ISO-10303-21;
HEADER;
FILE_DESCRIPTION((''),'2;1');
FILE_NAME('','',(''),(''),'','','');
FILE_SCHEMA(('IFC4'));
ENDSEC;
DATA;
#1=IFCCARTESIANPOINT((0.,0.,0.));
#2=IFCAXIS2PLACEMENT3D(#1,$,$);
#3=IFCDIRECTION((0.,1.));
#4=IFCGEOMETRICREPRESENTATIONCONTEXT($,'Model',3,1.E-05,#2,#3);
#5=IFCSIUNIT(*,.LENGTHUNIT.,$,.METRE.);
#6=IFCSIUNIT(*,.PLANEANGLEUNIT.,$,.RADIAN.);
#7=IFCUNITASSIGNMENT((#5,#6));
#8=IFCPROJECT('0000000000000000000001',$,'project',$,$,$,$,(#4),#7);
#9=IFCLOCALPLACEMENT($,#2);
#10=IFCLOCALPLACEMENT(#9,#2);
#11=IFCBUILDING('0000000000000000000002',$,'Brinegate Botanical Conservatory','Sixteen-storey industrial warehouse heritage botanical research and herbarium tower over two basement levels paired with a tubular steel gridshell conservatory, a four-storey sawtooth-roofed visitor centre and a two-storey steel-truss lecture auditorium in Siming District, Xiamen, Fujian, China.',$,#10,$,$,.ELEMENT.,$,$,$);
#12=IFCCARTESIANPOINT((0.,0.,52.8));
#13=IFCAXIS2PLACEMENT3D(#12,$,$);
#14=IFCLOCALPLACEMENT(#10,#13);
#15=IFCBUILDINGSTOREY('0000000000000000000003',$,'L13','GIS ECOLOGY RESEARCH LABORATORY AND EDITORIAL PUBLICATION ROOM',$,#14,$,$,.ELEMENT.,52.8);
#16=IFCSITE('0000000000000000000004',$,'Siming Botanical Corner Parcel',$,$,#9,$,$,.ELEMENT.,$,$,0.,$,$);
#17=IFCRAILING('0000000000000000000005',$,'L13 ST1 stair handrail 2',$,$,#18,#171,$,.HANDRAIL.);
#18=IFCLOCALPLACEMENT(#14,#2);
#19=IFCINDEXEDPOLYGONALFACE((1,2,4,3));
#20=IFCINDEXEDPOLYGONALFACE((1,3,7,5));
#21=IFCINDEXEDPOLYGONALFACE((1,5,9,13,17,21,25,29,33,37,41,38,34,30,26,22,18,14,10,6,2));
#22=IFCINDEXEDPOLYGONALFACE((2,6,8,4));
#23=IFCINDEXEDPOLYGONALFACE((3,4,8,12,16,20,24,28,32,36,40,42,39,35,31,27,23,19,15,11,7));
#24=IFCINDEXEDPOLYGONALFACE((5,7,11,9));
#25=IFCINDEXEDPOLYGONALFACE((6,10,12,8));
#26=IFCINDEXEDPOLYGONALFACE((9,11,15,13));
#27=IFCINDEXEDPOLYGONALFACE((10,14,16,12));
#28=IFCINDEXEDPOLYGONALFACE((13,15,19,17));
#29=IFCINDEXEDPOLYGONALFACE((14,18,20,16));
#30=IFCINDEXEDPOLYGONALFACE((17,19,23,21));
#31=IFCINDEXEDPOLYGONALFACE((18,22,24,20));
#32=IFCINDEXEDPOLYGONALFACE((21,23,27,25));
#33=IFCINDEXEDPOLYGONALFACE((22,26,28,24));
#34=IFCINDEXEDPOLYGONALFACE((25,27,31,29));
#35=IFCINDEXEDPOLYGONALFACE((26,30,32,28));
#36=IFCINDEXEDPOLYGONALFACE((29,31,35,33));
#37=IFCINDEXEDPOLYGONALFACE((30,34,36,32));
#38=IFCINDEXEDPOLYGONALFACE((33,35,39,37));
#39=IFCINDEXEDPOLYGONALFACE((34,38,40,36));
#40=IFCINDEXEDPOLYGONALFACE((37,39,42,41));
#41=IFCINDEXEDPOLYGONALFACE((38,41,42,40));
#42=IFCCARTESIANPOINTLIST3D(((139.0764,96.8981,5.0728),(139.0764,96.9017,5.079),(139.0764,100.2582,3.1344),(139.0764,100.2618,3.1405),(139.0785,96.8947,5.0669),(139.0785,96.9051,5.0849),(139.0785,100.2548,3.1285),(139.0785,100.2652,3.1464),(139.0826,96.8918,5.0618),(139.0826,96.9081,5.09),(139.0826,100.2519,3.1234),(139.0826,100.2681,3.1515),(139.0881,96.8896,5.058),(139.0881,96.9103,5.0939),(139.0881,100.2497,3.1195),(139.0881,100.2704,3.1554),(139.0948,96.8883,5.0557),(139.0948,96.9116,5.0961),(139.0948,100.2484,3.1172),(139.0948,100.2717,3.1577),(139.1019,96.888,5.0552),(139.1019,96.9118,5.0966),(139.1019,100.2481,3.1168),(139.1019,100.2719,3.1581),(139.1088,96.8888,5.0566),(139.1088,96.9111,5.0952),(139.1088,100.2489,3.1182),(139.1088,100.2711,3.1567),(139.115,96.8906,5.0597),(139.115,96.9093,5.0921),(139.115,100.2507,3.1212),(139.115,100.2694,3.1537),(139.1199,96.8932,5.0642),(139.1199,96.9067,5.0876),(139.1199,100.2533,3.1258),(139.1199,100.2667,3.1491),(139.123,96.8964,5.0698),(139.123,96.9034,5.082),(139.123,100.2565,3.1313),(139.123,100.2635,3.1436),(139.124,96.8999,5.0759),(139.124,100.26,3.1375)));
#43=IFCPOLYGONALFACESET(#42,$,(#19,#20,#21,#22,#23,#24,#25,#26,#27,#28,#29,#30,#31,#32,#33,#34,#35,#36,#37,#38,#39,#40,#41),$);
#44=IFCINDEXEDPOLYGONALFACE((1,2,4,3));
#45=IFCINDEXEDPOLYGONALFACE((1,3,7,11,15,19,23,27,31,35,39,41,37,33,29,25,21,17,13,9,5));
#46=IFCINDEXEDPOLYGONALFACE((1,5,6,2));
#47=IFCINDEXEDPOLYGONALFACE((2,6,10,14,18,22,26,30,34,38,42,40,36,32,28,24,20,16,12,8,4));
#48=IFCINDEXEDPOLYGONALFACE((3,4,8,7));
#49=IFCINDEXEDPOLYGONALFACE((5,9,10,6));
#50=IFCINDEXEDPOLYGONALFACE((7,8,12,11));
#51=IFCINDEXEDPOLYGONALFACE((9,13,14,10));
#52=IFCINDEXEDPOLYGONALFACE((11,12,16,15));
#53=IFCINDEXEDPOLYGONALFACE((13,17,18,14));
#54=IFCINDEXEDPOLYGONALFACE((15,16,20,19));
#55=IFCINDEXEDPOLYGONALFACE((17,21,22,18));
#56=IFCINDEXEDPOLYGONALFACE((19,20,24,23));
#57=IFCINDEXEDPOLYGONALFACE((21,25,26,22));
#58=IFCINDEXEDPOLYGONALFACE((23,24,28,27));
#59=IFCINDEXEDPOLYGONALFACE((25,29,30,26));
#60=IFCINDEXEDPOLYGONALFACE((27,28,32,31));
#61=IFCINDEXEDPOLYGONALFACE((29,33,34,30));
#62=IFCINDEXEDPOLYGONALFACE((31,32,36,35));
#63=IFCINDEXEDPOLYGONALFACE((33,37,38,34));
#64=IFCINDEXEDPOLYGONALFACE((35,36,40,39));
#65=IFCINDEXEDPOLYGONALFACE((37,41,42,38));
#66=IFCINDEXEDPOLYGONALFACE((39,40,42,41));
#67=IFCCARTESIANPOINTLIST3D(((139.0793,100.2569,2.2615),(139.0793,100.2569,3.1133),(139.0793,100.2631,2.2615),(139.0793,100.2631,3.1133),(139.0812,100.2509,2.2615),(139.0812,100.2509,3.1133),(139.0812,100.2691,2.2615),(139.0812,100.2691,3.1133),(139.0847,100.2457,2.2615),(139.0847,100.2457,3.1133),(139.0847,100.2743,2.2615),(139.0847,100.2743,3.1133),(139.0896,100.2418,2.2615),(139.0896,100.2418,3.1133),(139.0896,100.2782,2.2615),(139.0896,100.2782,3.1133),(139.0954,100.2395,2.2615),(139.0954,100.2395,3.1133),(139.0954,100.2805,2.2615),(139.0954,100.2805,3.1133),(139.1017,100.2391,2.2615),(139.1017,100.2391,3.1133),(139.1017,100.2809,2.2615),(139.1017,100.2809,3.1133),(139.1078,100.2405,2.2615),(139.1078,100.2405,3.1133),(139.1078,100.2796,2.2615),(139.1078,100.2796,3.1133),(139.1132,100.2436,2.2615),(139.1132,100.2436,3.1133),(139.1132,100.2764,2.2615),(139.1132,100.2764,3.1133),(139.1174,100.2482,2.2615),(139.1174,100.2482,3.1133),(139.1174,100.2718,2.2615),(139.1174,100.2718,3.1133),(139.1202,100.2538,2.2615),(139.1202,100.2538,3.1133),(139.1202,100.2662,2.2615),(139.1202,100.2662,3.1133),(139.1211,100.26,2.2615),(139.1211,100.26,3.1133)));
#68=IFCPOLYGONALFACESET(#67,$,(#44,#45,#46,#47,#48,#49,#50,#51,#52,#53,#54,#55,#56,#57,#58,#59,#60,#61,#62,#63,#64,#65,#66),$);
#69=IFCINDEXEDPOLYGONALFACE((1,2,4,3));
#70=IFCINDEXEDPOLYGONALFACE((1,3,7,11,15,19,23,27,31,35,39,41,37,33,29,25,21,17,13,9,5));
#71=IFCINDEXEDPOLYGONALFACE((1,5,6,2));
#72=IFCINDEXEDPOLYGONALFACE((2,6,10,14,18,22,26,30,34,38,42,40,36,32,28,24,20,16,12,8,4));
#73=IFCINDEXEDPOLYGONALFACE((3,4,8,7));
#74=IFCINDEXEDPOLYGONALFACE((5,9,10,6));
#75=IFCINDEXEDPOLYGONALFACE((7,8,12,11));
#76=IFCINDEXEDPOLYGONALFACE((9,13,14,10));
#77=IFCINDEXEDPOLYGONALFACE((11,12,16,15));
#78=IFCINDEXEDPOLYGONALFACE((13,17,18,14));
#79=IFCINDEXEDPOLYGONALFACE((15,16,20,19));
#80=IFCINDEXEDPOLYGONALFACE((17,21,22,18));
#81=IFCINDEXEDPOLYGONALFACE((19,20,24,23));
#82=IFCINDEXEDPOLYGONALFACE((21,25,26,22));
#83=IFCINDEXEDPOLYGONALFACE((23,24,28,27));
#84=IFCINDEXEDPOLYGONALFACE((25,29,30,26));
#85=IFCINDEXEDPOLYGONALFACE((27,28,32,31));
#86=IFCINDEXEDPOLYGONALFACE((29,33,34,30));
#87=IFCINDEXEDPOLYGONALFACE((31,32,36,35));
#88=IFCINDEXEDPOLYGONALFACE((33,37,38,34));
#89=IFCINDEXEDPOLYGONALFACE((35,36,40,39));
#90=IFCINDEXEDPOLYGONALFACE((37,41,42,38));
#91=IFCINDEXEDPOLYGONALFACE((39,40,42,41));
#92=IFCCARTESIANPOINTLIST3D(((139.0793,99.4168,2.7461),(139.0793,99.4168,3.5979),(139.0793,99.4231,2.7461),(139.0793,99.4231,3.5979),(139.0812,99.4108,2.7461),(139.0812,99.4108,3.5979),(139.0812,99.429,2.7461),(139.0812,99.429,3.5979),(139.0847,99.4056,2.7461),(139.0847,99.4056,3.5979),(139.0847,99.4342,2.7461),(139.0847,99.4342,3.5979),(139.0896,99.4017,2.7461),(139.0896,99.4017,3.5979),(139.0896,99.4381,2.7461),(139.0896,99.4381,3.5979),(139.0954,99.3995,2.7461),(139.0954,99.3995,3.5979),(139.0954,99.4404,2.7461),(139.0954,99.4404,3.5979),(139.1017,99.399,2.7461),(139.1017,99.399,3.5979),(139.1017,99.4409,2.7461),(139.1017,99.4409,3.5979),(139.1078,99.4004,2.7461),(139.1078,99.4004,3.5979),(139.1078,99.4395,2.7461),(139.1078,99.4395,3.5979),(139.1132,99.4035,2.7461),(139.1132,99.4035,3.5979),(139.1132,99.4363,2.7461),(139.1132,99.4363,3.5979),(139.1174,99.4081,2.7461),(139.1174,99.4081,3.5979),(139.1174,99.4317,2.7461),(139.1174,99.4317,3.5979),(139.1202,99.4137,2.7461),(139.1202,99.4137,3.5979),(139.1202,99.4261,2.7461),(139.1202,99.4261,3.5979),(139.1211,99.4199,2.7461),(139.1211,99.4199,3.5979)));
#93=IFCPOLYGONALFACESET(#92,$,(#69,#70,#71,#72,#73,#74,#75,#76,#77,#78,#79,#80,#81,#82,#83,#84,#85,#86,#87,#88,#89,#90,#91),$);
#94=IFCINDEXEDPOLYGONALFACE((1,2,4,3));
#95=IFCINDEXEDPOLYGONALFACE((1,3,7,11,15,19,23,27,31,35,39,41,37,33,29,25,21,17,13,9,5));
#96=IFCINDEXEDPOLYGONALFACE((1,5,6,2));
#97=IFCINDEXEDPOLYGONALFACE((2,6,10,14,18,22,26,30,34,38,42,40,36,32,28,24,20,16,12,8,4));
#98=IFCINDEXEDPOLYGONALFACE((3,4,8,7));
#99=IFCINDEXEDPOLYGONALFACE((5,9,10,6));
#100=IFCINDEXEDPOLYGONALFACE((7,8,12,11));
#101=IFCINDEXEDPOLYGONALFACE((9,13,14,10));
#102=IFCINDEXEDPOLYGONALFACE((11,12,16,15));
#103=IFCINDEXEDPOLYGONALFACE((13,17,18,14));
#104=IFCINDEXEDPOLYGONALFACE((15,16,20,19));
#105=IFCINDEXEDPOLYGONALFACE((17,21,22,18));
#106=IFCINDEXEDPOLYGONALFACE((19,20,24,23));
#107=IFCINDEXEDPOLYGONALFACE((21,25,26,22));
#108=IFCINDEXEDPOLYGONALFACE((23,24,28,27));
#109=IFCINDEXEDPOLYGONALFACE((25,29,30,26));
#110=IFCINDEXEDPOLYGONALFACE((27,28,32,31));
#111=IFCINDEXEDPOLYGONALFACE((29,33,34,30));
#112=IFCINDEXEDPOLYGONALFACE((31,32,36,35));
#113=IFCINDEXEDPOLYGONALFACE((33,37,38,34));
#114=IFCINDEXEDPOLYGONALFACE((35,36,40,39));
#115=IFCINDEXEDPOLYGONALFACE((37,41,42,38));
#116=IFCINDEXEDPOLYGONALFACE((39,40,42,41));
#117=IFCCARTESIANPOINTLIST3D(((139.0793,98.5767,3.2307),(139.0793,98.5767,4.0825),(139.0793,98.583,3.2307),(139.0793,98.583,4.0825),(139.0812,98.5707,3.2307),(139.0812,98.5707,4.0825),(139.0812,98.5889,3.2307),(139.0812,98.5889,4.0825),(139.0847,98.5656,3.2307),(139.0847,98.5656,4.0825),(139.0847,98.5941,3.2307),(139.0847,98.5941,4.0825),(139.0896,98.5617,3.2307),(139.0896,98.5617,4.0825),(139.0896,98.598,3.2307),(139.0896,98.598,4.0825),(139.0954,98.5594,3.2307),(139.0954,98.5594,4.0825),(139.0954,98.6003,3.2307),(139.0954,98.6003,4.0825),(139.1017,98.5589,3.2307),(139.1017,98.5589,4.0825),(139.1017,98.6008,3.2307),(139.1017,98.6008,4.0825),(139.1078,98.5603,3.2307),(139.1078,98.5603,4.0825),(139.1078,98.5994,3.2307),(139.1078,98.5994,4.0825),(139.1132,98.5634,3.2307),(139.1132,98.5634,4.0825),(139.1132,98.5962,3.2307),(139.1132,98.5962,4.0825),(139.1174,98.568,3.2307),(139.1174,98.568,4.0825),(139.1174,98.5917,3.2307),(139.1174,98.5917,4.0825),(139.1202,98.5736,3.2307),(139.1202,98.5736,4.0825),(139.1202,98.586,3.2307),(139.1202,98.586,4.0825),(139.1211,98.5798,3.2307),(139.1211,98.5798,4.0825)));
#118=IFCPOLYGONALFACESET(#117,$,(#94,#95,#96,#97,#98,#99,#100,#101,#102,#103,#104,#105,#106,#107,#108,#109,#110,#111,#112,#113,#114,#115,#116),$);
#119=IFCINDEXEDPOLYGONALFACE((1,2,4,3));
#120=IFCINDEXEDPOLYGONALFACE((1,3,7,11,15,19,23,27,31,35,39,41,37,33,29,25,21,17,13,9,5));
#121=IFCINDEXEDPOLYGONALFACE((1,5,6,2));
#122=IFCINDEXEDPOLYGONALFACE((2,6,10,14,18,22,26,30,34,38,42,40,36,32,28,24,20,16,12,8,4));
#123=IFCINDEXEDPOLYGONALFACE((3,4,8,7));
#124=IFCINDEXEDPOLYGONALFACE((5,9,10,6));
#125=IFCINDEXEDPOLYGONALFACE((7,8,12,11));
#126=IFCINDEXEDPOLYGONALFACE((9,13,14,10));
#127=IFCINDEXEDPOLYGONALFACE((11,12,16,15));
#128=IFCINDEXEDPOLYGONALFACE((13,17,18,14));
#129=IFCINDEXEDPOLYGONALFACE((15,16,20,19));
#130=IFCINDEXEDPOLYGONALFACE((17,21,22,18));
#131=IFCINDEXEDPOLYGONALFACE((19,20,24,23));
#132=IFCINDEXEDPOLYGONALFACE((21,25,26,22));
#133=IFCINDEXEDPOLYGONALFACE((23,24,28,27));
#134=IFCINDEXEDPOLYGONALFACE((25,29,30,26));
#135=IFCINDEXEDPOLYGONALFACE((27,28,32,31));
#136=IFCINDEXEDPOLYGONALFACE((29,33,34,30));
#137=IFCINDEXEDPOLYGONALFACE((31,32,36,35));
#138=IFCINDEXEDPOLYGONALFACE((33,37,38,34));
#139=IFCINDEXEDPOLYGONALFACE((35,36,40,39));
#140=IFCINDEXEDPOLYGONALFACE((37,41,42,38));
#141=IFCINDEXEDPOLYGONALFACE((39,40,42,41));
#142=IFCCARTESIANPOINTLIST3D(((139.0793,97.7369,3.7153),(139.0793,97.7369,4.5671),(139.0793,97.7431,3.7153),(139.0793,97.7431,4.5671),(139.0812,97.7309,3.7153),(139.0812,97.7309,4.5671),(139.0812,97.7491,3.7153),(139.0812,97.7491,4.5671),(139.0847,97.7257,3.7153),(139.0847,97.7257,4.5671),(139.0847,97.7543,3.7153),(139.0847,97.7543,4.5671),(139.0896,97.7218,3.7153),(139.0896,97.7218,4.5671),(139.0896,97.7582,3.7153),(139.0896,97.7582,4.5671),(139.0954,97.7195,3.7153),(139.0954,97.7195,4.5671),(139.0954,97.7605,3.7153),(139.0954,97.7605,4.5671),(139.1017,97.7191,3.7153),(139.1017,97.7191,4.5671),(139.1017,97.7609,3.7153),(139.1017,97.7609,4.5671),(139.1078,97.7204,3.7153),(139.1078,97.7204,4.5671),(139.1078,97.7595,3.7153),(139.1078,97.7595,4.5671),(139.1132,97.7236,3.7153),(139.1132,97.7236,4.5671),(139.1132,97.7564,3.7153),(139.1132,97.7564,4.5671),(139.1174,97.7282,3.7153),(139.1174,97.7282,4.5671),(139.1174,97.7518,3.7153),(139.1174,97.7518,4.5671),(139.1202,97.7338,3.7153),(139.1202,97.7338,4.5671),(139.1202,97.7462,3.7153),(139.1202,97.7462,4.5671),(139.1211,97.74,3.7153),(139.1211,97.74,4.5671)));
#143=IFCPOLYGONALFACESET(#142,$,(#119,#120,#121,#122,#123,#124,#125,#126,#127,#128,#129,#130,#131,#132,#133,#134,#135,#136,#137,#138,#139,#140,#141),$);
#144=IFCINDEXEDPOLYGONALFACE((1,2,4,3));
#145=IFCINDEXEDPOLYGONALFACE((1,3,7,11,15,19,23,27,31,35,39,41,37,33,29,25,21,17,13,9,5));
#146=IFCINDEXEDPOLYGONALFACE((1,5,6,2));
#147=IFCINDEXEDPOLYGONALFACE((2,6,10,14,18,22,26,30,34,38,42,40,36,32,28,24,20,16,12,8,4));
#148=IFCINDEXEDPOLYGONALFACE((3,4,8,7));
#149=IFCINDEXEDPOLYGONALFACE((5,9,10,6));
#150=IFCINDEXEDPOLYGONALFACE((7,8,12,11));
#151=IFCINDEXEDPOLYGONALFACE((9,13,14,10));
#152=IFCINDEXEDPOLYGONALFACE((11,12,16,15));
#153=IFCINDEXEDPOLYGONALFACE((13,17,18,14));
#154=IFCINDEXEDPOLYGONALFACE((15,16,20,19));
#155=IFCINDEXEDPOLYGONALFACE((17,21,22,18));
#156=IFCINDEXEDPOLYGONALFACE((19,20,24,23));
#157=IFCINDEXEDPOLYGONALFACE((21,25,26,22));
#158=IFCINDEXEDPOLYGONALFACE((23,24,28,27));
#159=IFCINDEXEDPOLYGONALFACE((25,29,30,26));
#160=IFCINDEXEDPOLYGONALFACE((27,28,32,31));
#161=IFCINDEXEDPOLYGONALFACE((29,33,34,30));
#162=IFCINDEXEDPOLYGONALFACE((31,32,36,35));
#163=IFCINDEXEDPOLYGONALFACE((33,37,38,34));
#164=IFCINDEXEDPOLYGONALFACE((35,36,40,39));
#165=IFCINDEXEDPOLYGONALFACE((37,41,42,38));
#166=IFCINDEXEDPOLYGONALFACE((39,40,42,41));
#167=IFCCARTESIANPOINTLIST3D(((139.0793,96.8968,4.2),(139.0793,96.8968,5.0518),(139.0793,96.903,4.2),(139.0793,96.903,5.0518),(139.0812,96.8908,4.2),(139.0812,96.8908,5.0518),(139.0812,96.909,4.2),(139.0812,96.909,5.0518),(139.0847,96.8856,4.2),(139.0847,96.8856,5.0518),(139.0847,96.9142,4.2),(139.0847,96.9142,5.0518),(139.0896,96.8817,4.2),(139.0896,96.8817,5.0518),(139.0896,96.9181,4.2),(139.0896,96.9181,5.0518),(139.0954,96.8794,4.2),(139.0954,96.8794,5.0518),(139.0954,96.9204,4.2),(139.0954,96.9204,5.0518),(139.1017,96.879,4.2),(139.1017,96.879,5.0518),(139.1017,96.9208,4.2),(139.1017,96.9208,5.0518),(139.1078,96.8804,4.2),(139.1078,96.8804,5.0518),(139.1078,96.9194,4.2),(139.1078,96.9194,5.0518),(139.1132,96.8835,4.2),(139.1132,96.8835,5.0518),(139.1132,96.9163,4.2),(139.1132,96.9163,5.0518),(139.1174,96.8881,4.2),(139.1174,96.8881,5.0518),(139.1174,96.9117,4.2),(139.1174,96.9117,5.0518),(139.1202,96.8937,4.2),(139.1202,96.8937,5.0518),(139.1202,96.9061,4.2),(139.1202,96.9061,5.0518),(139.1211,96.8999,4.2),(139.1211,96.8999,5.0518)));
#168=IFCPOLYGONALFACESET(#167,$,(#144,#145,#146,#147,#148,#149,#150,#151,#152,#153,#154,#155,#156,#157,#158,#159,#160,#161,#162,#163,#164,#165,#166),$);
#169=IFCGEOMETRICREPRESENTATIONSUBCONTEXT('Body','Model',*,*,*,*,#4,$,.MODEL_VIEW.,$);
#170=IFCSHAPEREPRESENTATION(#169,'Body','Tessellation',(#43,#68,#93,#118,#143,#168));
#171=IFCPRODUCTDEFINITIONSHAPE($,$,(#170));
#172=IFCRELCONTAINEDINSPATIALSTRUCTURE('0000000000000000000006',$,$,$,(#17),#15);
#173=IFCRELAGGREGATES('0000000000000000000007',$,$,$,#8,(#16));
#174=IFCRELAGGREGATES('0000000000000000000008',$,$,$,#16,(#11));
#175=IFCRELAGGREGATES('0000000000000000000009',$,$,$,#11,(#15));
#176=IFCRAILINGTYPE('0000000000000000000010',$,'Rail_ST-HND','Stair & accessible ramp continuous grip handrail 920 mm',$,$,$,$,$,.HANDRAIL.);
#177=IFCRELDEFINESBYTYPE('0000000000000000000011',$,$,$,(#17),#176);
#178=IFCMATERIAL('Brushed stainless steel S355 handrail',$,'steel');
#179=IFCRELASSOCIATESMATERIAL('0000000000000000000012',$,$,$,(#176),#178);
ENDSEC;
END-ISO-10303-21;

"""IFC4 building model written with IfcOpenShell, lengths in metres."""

from ifc_helpers import new_model, si_unit, direction, frame, origin, origin_2d, place, context, subcontext, project, spatial, circle, extrude, material, type_object, element, save


model = new_model("IFC4")

# Units and contexts
model_context = context("Model", 3, precision=1e-05, world=origin(), true_north=direction((0.0, 1.0)))
body_context = subcontext(model_context, "Body", "Model", "MODEL_VIEW")
ifc_project = project(units=[si_unit("LENGTHUNIT", "METRE"), si_unit("PLANEANGLEUNIT", "RADIAN")], contexts=[model_context])

# Site, building, storey
site_placement = place(None, origin())
site = spatial("IfcSite", under=ifc_project, at=site_placement, Name="Siming Botanical Corner Parcel", CompositionType="ELEMENT", RefElevation=0.0)
building_placement = place(site_placement, origin())
building = spatial("IfcBuilding", under=site, at=building_placement, Name="Brinegate Botanical Conservatory", Description="Sixteen-storey industrial warehouse heritage botanical research and herbarium tower over two basement levels paired with a tubular steel gridshell conservatory, a four-storey sawtooth-roofed visitor centre and a two-storey steel-truss lecture auditorium in Siming District, Xiamen, Fujian, China.", CompositionType="ELEMENT")
storey_placement = place(building_placement, frame((0.0, 0.0, 52.8)))
storey = spatial("IfcBuildingStorey", under=building, at=storey_placement, Name="L13", Description="GIS ECOLOGY RESEARCH LABORATORY AND EDITORIAL PUBLICATION ROOM", CompositionType="ELEMENT", Elevation=52.8)

# Railing
ifc_material_1 = material(Name="Brushed stainless steel S355 handrail", Category="steel")
railing_type_1 = type_object("IfcRailingType", Name="Rail_ST-HND", Description="Stair & accessible ramp continuous grip handrail 920 mm", PredefinedType="HANDRAIL", material=ifc_material_1)
railing_1_placement = place(storey_placement, frame((139.1001, 100.26, 2.2615)))
element("IfcRailing", 1, at=railing_1_placement, inside=storey, type_object=railing_type_1, Name="L13 ST1 stair handrail 2", PredefinedType="HANDRAIL", context=body_context, shape_type="SweptSolid", body=[
    extrude(circle(Radius=0.0239, at=origin_2d()), frame((0.0, 0.0, 0.876), z_axis=(0.0, -0.866191, 0.499713), x_axis=(1.0, 0.0, 0.0)), (0.0, 0.0, 1.0), 3.8792),
    extrude(circle(Radius=0.021, at=origin_2d()), origin(), (0.0, 0.0, 1.0), 0.8518),
    extrude(circle(Radius=0.021, at=origin_2d()), frame((0.0, -0.8401, 0.4846)), (0.0, 0.0, 1.0), 0.8518),
    extrude(circle(Radius=0.021, at=origin_2d()), frame((0.0, -1.6802, 0.9692)), (0.0, 0.0, 1.0), 0.8518),
    extrude(circle(Radius=0.021, at=origin_2d()), frame((0.0, -2.52, 1.4539)), (0.0, 0.0, 1.0), 0.8518),
    extrude(circle(Radius=0.021, at=origin_2d()), frame((0.0, -3.3601, 1.9385)), (0.0, 0.0, 1.0), 0.8518),
])

save(model, "model.ifc")
